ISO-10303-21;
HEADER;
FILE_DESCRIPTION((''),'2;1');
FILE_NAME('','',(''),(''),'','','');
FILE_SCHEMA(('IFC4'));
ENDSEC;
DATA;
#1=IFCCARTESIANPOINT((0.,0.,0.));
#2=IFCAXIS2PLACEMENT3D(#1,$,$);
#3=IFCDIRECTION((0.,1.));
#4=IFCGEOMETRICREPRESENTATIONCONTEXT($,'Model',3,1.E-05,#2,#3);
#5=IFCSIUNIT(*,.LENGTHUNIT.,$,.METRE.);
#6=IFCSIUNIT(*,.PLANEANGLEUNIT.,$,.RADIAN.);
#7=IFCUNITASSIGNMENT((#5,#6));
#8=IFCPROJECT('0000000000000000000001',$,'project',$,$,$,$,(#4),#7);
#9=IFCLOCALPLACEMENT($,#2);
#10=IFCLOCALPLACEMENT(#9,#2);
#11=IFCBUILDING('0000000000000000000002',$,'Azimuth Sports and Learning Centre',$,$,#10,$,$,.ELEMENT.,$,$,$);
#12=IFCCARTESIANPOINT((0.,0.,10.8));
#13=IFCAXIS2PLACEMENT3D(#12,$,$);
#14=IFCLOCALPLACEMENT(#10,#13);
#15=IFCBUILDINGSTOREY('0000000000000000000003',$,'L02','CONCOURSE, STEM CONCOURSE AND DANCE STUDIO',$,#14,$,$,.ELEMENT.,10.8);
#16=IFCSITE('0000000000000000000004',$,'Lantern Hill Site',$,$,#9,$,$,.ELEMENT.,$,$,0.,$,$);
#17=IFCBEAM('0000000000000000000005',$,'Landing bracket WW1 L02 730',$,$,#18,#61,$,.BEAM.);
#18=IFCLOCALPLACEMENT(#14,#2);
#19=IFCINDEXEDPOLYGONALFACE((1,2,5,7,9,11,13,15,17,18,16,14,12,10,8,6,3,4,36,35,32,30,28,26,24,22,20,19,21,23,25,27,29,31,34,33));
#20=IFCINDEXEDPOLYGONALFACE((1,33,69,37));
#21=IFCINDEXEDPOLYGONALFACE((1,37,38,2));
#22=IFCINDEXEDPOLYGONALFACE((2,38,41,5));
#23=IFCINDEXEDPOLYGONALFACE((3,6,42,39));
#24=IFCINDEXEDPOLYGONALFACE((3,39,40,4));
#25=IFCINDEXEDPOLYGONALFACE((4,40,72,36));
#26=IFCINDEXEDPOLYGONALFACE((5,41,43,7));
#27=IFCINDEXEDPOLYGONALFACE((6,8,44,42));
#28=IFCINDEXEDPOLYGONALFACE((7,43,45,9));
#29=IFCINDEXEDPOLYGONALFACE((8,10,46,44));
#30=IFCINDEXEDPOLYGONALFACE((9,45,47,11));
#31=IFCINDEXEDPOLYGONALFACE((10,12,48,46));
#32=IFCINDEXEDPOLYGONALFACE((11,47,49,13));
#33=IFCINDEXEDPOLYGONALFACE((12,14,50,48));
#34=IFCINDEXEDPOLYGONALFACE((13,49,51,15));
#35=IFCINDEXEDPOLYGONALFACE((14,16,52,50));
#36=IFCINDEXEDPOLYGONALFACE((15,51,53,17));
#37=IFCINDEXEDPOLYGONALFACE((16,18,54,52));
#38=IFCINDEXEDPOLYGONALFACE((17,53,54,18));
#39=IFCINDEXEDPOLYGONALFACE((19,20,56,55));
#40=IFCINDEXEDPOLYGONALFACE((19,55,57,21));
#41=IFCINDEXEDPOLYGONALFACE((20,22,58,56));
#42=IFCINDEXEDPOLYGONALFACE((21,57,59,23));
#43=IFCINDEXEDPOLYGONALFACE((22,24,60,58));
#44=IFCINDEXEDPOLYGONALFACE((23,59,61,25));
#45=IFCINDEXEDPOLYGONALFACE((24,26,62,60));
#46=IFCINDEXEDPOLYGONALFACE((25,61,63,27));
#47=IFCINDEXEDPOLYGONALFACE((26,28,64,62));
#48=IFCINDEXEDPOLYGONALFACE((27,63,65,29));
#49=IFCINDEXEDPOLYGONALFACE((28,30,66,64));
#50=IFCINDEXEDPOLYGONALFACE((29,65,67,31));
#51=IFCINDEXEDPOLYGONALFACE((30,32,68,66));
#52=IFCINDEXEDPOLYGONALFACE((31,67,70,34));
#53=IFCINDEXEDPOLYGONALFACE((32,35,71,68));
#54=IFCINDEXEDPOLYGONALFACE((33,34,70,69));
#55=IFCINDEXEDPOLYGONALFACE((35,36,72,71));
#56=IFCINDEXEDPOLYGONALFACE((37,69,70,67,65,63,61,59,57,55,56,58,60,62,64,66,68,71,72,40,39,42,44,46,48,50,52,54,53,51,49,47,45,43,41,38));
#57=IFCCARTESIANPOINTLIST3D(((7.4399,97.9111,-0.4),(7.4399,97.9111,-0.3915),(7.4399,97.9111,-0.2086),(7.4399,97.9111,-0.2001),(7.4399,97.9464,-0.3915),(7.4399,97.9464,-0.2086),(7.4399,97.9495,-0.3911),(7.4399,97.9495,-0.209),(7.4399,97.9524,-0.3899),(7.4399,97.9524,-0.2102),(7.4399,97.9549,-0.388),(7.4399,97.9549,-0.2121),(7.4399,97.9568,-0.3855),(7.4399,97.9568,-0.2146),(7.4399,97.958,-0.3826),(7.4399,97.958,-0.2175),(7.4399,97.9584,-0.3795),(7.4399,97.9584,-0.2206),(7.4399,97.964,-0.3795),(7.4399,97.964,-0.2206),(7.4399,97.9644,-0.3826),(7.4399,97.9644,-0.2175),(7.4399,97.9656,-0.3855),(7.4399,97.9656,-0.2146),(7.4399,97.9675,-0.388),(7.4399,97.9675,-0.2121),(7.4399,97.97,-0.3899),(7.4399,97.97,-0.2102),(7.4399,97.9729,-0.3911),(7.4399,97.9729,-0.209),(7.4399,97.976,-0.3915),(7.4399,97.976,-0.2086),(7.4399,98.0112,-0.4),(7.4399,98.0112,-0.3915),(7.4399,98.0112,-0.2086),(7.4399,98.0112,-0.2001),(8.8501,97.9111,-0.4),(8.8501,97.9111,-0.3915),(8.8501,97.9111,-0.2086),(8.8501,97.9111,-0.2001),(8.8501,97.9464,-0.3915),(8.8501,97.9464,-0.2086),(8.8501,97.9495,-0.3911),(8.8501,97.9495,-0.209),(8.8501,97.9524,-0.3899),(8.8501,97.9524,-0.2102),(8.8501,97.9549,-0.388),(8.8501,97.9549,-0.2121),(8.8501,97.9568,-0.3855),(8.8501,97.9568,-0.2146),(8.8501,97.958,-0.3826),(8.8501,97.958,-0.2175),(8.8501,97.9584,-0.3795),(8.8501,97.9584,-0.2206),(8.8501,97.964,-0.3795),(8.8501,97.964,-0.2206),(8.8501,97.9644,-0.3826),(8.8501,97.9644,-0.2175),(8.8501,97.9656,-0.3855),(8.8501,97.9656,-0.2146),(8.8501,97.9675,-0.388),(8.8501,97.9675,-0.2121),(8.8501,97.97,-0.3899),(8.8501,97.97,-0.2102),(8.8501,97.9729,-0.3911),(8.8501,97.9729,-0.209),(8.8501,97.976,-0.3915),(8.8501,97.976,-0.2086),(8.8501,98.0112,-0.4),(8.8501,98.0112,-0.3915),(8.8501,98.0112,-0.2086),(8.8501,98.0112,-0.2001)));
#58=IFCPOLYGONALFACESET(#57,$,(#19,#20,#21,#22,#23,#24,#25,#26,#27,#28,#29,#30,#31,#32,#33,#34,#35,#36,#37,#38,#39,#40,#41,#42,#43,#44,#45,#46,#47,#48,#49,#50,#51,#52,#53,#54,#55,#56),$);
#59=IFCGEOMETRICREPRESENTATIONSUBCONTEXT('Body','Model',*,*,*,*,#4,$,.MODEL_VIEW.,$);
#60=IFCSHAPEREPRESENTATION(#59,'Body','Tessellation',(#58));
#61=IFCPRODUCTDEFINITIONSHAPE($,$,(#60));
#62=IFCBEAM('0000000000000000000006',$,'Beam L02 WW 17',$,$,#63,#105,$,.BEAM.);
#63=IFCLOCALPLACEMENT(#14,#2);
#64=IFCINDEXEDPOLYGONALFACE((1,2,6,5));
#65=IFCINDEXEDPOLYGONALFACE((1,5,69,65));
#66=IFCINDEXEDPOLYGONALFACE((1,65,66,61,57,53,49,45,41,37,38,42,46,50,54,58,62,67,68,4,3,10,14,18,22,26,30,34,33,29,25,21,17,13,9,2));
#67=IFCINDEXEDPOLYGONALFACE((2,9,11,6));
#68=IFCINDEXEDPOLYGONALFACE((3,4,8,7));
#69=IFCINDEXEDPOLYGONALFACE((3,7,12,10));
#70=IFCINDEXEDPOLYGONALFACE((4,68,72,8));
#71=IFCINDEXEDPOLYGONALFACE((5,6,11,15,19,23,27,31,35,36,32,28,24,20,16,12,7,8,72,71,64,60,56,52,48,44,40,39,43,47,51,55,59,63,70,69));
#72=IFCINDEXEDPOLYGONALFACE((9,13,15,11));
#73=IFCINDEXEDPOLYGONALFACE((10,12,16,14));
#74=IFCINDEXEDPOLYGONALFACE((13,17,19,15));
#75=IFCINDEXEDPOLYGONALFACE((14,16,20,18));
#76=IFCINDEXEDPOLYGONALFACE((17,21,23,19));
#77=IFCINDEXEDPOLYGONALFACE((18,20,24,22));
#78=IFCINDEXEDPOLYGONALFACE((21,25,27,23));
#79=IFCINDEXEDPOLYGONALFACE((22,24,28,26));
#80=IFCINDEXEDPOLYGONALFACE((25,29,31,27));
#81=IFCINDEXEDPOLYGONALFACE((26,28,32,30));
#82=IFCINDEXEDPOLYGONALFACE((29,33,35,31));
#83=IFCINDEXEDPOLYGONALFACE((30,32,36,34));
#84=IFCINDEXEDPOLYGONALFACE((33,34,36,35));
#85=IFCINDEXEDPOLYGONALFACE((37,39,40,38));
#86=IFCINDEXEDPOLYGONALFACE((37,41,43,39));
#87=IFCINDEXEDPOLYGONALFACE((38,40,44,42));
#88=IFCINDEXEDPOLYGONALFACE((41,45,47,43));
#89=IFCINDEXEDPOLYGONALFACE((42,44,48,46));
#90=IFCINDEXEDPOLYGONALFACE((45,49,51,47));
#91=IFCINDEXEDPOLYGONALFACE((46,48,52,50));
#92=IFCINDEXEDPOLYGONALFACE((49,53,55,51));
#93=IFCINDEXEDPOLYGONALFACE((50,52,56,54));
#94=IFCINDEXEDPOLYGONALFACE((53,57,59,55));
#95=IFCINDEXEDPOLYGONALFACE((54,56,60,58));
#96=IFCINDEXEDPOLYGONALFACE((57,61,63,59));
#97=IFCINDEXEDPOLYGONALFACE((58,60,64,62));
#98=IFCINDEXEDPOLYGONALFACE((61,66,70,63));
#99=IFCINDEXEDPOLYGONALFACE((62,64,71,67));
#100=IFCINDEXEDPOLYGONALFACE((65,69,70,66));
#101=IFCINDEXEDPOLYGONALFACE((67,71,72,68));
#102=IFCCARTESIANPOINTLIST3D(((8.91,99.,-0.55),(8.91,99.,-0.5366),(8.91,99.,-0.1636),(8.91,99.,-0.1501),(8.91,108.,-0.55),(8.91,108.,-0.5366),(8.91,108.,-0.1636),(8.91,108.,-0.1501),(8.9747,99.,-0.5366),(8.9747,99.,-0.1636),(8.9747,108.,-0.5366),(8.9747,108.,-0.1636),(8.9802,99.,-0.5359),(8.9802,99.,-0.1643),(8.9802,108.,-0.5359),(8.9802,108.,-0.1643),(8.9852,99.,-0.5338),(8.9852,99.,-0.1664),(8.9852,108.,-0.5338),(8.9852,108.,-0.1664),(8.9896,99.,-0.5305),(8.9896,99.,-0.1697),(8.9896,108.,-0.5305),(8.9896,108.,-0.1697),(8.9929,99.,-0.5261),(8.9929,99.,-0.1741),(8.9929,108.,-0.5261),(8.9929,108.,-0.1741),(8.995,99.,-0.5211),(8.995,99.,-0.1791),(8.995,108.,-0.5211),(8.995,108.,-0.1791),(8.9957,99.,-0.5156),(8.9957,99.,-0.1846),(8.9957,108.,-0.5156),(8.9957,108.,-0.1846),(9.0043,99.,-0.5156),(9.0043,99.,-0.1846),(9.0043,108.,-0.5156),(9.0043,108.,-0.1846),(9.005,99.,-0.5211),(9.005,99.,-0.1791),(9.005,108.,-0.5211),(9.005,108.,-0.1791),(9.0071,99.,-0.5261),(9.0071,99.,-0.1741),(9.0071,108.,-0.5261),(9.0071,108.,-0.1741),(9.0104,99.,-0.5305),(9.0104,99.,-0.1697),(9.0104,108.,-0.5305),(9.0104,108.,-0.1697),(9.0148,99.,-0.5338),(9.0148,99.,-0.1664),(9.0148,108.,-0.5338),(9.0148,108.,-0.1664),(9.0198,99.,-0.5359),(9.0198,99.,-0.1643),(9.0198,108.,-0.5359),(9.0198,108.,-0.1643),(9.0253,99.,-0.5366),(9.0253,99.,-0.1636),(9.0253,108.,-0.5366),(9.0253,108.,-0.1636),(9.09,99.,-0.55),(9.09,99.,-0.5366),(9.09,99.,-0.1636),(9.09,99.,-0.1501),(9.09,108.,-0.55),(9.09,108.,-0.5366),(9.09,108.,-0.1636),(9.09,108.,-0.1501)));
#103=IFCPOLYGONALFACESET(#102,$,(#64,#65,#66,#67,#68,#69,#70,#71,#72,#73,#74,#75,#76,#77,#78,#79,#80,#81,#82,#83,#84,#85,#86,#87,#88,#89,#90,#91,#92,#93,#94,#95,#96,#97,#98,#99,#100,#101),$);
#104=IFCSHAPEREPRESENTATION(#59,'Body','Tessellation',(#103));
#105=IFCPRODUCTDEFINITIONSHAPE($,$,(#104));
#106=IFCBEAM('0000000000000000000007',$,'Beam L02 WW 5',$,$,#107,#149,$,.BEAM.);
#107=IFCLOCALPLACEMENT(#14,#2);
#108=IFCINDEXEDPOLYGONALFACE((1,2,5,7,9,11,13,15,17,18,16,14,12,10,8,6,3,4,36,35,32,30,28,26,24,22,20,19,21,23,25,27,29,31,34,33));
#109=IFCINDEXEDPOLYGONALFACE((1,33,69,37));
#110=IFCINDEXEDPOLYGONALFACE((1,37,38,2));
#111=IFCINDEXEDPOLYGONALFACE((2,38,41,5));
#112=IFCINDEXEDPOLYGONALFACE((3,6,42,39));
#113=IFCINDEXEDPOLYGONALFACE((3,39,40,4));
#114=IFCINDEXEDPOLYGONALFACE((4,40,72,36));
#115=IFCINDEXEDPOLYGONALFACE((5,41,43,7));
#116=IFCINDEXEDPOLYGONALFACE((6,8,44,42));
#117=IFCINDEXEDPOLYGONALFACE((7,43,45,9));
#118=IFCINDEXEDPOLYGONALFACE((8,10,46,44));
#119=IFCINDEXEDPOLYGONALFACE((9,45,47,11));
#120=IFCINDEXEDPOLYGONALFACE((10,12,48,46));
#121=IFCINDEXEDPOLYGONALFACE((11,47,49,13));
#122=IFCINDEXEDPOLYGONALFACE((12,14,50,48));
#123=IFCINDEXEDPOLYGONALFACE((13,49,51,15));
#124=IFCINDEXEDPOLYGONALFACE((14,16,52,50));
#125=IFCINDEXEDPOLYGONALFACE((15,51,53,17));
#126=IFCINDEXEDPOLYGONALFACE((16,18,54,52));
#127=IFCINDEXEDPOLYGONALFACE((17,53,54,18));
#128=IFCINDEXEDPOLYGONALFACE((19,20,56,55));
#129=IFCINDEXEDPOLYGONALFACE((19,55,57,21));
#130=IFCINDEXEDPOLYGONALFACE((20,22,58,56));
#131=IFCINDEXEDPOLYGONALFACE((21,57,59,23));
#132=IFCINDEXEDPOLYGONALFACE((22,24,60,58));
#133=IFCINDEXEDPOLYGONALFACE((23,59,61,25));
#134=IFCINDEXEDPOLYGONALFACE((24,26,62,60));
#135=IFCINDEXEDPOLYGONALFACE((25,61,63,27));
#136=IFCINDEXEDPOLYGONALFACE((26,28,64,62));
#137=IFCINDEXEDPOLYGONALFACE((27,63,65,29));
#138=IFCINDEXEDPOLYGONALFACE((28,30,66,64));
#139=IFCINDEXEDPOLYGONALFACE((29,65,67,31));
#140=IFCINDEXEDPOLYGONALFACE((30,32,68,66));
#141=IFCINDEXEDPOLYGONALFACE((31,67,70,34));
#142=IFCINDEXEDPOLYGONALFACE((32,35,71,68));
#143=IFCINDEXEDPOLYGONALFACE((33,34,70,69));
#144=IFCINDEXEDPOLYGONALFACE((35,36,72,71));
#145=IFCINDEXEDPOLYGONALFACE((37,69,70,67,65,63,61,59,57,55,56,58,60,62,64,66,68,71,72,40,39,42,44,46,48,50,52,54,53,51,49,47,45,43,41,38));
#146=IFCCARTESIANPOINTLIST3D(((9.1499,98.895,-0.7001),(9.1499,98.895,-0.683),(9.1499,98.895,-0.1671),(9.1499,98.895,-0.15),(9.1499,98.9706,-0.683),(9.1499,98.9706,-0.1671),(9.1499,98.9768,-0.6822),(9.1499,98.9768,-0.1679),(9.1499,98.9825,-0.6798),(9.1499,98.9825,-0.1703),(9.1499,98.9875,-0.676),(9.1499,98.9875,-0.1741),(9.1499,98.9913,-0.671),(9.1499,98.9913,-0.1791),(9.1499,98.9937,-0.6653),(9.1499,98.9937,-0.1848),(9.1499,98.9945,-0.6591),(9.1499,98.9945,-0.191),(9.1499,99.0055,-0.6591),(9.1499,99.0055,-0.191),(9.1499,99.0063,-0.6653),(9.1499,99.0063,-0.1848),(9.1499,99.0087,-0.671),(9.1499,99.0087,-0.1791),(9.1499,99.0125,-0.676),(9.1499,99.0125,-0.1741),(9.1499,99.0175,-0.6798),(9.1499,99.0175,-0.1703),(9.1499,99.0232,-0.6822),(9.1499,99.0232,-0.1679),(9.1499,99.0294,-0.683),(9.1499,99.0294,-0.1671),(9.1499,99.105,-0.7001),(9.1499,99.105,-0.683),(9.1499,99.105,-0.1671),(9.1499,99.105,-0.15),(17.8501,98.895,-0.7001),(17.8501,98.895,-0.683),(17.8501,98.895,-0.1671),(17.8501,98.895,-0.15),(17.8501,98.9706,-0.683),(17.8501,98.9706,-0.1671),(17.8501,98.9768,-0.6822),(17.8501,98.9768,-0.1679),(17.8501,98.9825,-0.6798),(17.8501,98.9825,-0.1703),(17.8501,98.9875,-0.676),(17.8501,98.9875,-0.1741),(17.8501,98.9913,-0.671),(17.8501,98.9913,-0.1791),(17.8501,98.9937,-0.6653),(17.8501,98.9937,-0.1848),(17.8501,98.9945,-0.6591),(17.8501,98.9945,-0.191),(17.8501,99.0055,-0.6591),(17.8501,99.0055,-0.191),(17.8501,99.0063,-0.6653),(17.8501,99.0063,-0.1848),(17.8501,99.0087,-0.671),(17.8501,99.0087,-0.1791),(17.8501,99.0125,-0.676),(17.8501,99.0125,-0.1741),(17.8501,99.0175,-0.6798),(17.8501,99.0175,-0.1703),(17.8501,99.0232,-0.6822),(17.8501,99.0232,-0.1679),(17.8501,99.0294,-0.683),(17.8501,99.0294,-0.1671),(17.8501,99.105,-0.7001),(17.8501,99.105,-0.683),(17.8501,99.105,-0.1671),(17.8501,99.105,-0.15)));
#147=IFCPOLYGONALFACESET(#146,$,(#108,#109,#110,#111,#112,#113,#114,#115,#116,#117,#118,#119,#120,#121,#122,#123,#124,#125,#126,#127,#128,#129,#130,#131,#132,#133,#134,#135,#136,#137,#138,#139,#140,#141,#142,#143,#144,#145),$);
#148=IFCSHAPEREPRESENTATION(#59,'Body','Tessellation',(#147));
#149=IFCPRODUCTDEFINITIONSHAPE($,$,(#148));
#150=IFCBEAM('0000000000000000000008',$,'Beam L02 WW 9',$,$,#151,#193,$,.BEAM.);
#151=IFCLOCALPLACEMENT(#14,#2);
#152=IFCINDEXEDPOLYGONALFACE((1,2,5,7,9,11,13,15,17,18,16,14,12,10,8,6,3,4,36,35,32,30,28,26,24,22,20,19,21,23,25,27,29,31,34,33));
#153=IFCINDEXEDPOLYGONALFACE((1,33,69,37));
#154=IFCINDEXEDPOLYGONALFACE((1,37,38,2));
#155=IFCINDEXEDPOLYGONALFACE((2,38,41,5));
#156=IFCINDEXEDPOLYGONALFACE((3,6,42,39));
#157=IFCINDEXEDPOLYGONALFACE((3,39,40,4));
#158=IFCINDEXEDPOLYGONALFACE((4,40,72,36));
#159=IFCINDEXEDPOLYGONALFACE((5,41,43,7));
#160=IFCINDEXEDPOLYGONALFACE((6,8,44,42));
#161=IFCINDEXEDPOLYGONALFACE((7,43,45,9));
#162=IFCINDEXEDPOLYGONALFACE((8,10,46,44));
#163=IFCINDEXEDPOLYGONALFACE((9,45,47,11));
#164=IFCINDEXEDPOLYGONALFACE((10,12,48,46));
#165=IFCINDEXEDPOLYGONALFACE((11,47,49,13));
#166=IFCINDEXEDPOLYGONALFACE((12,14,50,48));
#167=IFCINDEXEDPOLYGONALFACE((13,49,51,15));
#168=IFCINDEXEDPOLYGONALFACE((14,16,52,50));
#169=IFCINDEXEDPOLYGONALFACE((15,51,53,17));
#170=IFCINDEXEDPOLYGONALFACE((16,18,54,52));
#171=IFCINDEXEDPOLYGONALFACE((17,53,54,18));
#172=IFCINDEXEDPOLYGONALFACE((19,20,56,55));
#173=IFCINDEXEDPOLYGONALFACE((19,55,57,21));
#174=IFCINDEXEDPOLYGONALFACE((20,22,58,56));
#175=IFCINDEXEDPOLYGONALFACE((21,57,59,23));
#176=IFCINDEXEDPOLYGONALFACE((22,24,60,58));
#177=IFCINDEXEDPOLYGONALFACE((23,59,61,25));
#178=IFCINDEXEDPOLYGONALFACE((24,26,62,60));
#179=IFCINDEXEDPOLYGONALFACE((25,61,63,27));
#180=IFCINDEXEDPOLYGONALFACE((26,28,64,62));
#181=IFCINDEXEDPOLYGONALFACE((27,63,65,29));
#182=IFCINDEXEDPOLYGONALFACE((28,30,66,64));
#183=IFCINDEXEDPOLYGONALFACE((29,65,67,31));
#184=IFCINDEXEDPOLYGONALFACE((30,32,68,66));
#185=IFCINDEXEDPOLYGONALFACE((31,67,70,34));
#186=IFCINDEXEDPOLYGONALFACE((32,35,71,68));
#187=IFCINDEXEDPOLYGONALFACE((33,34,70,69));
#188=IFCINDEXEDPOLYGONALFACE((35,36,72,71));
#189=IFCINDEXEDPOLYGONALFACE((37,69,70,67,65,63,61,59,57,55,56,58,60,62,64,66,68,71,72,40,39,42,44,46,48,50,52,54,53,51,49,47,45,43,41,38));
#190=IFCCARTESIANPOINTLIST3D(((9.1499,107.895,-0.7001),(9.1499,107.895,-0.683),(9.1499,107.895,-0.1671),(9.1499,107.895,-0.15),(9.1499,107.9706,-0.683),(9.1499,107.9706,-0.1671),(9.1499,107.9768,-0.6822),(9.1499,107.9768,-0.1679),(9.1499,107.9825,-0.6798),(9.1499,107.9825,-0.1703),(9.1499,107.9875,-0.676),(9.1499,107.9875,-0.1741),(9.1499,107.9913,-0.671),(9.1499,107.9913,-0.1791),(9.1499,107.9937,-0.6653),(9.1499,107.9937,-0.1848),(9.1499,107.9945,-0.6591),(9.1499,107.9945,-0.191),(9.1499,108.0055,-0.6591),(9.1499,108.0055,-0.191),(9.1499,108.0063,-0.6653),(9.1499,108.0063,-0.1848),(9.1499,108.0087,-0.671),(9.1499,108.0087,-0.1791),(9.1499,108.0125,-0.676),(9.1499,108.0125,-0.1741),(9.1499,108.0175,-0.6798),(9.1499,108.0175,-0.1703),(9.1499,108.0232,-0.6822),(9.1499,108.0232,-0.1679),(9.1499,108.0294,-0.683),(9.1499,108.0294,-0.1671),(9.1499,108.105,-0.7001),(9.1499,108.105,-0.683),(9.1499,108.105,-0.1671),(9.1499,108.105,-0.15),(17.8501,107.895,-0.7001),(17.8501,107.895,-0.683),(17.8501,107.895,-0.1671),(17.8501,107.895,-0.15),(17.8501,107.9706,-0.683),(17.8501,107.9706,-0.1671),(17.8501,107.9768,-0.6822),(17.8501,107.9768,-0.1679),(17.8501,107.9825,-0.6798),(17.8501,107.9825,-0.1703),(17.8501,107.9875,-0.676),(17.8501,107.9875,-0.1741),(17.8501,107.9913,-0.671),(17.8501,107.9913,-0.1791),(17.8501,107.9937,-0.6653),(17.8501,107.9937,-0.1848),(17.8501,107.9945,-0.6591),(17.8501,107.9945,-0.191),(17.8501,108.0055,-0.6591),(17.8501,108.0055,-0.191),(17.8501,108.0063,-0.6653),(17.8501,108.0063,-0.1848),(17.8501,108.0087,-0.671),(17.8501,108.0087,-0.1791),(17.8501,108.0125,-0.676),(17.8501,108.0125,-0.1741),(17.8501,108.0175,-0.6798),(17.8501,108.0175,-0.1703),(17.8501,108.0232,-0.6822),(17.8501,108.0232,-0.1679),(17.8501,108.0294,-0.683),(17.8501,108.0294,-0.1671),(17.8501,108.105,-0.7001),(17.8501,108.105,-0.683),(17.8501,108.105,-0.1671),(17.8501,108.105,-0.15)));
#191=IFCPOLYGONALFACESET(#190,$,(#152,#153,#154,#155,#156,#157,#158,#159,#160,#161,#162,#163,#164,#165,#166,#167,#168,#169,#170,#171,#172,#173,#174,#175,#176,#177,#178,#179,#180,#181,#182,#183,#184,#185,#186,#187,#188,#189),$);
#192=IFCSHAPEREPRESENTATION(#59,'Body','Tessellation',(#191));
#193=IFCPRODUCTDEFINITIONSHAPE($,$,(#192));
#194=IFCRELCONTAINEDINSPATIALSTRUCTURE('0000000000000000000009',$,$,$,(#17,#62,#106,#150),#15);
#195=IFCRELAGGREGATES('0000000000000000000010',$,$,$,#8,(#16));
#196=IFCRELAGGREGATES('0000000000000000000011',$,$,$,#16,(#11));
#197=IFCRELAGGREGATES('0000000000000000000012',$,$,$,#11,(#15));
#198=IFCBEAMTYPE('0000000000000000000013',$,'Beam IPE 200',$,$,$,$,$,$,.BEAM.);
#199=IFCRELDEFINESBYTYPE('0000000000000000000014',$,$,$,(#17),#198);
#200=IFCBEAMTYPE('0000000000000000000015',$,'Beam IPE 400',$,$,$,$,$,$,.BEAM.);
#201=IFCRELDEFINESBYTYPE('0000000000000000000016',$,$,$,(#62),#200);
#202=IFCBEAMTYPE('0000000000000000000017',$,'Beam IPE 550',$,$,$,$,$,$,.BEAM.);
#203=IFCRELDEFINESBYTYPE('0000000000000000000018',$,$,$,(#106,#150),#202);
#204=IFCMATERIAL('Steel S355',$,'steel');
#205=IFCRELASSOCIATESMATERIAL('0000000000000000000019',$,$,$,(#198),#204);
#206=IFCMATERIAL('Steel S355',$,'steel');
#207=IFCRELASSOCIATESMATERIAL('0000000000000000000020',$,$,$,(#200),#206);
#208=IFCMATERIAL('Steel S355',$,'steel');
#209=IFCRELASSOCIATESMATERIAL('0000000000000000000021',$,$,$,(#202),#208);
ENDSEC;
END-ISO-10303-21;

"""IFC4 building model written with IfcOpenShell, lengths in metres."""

from ifc_helpers import new_model, si_unit, direction, frame, origin, origin_2d, place, context, subcontext, project, spatial, i_section, extrude, material, material_profile, profile_set, type_object, element, save


model = new_model("IFC4")

# Units and contexts
model_context = context("Model", 3, precision=1e-05, world=origin(), true_north=direction((0.0, 1.0)))
body_context = subcontext(model_context, "Body", "Model", "MODEL_VIEW")
ifc_project = project(units=[si_unit("LENGTHUNIT", "METRE"), si_unit("PLANEANGLEUNIT", "RADIAN")], contexts=[model_context])

# Site, building, storey
site_placement = place(None, origin())
site = spatial("IfcSite", under=ifc_project, at=site_placement, Name="Lantern Hill Site", CompositionType="ELEMENT", RefElevation=0.0)
building_placement = place(site_placement, origin())
building = spatial("IfcBuilding", under=site, at=building_placement, Name="Azimuth Sports and Learning Centre", CompositionType="ELEMENT")
storey_placement = place(building_placement, frame((0.0, 0.0, 10.8)))
storey = spatial("IfcBuildingStorey", under=building, at=storey_placement, Name="L02", Description="CONCOURSE, STEM CONCOURSE AND DANCE STUDIO", CompositionType="ELEMENT", Elevation=10.8)

# Beams
ifc_material_1 = material(Name="Steel S355", Category="steel")
ifc_material_profile_1 = material_profile(ifc_material_1, i_section(OverallWidth=0.1001, OverallDepth=0.2, WebThickness=0.0056, FlangeThickness=0.0085, FilletRadius=0.012, at=origin_2d()), Name="IPE 200")
ifc_profile_set_1 = profile_set([ifc_material_profile_1], Name="Steel S355")
beam_type_1 = type_object("IfcBeamType", Name="Beam IPE 200", PredefinedType="BEAM", material=ifc_profile_set_1)
beam_1_placement = place(storey_placement, frame((8.8501, 97.9612, -0.3), z_axis=(-1.0, 0.0, 0.0), x_axis=(0.0, -1.0, 0.0)))
element("IfcBeam", 1, at=beam_1_placement, inside=storey, type_object=beam_type_1, Name="Landing bracket WW1 L02 730", PredefinedType="BEAM", context=body_context, shape_type="SweptSolid", body=[
    extrude(i_section(OverallWidth=0.1001, OverallDepth=0.2, WebThickness=0.0056, FlangeThickness=0.0085, FilletRadius=0.012, at=origin_2d()), origin(), (0.0, 0.0, 1.0), 1.4102),
])
ifc_material_2 = material(Name="Steel S355", Category="steel")
ifc_material_profile_2 = material_profile(ifc_material_2, i_section(OverallWidth=0.1799, OverallDepth=0.3999, WebThickness=0.0085, FlangeThickness=0.0134, FilletRadius=0.021, at=origin_2d()), Name="IPE 400")
ifc_profile_set_2 = profile_set([ifc_material_profile_2], Name="Steel S355")
beam_type_2 = type_object("IfcBeamType", Name="Beam IPE 400", PredefinedType="BEAM", material=ifc_profile_set_2)
beam_2_placement = place(storey_placement, frame((9.0, 99.0, -0.3501), z_axis=(0.0, 1.0, 0.0), x_axis=(-1.0, 0.0, 0.0)))
element("IfcBeam", 2, at=beam_2_placement, inside=storey, type_object=beam_type_2, Name="Beam L02 WW 17", PredefinedType="BEAM", context=body_context, shape_type="SweptSolid", body=[
    extrude(i_section(OverallWidth=0.1799, OverallDepth=0.3999, WebThickness=0.0085, FlangeThickness=0.0134, FilletRadius=0.021, at=origin_2d()), origin(), (0.0, 0.0, 1.0), 9.0),
])
ifc_material_3 = material(Name="Steel S355", Category="steel")
ifc_material_profile_3 = material_profile(ifc_material_3, i_section(OverallWidth=0.21, OverallDepth=0.55, WebThickness=0.011, FlangeThickness=0.0171, FilletRadius=0.0239, at=origin_2d()), Name="IPE 550")
ifc_profile_set_3 = profile_set([ifc_material_profile_3], Name="Steel S355")
beam_type_3 = type_object("IfcBeamType", Name="Beam IPE 550", PredefinedType="BEAM", material=ifc_profile_set_3)
for number, where, z_axis, x_axis, name in (
    (3, (9.1499, 99.0, -0.425), (1.0, 0.0, 0.0), (0.0, 1.0, 0.0), "Beam L02 WW 5"),
    (4, (9.1499, 108.0, -0.425), (1.0, 0.0, 0.0), (0.0, 1.0, 0.0), "Beam L02 WW 9"),
):
    element("IfcBeam", number, at=place(storey_placement, frame(where, z_axis=z_axis, x_axis=x_axis)), inside=storey, type_object=beam_type_3, Name=name, PredefinedType="BEAM", context=body_context, shape_type="SweptSolid", body=[
        extrude(i_section(OverallWidth=0.21, OverallDepth=0.55, WebThickness=0.011, FlangeThickness=0.0171, FilletRadius=0.0239, at=origin_2d()), origin(), (0.0, 0.0, 1.0), 8.7002),
    ])

save(model, "model.ifc")
